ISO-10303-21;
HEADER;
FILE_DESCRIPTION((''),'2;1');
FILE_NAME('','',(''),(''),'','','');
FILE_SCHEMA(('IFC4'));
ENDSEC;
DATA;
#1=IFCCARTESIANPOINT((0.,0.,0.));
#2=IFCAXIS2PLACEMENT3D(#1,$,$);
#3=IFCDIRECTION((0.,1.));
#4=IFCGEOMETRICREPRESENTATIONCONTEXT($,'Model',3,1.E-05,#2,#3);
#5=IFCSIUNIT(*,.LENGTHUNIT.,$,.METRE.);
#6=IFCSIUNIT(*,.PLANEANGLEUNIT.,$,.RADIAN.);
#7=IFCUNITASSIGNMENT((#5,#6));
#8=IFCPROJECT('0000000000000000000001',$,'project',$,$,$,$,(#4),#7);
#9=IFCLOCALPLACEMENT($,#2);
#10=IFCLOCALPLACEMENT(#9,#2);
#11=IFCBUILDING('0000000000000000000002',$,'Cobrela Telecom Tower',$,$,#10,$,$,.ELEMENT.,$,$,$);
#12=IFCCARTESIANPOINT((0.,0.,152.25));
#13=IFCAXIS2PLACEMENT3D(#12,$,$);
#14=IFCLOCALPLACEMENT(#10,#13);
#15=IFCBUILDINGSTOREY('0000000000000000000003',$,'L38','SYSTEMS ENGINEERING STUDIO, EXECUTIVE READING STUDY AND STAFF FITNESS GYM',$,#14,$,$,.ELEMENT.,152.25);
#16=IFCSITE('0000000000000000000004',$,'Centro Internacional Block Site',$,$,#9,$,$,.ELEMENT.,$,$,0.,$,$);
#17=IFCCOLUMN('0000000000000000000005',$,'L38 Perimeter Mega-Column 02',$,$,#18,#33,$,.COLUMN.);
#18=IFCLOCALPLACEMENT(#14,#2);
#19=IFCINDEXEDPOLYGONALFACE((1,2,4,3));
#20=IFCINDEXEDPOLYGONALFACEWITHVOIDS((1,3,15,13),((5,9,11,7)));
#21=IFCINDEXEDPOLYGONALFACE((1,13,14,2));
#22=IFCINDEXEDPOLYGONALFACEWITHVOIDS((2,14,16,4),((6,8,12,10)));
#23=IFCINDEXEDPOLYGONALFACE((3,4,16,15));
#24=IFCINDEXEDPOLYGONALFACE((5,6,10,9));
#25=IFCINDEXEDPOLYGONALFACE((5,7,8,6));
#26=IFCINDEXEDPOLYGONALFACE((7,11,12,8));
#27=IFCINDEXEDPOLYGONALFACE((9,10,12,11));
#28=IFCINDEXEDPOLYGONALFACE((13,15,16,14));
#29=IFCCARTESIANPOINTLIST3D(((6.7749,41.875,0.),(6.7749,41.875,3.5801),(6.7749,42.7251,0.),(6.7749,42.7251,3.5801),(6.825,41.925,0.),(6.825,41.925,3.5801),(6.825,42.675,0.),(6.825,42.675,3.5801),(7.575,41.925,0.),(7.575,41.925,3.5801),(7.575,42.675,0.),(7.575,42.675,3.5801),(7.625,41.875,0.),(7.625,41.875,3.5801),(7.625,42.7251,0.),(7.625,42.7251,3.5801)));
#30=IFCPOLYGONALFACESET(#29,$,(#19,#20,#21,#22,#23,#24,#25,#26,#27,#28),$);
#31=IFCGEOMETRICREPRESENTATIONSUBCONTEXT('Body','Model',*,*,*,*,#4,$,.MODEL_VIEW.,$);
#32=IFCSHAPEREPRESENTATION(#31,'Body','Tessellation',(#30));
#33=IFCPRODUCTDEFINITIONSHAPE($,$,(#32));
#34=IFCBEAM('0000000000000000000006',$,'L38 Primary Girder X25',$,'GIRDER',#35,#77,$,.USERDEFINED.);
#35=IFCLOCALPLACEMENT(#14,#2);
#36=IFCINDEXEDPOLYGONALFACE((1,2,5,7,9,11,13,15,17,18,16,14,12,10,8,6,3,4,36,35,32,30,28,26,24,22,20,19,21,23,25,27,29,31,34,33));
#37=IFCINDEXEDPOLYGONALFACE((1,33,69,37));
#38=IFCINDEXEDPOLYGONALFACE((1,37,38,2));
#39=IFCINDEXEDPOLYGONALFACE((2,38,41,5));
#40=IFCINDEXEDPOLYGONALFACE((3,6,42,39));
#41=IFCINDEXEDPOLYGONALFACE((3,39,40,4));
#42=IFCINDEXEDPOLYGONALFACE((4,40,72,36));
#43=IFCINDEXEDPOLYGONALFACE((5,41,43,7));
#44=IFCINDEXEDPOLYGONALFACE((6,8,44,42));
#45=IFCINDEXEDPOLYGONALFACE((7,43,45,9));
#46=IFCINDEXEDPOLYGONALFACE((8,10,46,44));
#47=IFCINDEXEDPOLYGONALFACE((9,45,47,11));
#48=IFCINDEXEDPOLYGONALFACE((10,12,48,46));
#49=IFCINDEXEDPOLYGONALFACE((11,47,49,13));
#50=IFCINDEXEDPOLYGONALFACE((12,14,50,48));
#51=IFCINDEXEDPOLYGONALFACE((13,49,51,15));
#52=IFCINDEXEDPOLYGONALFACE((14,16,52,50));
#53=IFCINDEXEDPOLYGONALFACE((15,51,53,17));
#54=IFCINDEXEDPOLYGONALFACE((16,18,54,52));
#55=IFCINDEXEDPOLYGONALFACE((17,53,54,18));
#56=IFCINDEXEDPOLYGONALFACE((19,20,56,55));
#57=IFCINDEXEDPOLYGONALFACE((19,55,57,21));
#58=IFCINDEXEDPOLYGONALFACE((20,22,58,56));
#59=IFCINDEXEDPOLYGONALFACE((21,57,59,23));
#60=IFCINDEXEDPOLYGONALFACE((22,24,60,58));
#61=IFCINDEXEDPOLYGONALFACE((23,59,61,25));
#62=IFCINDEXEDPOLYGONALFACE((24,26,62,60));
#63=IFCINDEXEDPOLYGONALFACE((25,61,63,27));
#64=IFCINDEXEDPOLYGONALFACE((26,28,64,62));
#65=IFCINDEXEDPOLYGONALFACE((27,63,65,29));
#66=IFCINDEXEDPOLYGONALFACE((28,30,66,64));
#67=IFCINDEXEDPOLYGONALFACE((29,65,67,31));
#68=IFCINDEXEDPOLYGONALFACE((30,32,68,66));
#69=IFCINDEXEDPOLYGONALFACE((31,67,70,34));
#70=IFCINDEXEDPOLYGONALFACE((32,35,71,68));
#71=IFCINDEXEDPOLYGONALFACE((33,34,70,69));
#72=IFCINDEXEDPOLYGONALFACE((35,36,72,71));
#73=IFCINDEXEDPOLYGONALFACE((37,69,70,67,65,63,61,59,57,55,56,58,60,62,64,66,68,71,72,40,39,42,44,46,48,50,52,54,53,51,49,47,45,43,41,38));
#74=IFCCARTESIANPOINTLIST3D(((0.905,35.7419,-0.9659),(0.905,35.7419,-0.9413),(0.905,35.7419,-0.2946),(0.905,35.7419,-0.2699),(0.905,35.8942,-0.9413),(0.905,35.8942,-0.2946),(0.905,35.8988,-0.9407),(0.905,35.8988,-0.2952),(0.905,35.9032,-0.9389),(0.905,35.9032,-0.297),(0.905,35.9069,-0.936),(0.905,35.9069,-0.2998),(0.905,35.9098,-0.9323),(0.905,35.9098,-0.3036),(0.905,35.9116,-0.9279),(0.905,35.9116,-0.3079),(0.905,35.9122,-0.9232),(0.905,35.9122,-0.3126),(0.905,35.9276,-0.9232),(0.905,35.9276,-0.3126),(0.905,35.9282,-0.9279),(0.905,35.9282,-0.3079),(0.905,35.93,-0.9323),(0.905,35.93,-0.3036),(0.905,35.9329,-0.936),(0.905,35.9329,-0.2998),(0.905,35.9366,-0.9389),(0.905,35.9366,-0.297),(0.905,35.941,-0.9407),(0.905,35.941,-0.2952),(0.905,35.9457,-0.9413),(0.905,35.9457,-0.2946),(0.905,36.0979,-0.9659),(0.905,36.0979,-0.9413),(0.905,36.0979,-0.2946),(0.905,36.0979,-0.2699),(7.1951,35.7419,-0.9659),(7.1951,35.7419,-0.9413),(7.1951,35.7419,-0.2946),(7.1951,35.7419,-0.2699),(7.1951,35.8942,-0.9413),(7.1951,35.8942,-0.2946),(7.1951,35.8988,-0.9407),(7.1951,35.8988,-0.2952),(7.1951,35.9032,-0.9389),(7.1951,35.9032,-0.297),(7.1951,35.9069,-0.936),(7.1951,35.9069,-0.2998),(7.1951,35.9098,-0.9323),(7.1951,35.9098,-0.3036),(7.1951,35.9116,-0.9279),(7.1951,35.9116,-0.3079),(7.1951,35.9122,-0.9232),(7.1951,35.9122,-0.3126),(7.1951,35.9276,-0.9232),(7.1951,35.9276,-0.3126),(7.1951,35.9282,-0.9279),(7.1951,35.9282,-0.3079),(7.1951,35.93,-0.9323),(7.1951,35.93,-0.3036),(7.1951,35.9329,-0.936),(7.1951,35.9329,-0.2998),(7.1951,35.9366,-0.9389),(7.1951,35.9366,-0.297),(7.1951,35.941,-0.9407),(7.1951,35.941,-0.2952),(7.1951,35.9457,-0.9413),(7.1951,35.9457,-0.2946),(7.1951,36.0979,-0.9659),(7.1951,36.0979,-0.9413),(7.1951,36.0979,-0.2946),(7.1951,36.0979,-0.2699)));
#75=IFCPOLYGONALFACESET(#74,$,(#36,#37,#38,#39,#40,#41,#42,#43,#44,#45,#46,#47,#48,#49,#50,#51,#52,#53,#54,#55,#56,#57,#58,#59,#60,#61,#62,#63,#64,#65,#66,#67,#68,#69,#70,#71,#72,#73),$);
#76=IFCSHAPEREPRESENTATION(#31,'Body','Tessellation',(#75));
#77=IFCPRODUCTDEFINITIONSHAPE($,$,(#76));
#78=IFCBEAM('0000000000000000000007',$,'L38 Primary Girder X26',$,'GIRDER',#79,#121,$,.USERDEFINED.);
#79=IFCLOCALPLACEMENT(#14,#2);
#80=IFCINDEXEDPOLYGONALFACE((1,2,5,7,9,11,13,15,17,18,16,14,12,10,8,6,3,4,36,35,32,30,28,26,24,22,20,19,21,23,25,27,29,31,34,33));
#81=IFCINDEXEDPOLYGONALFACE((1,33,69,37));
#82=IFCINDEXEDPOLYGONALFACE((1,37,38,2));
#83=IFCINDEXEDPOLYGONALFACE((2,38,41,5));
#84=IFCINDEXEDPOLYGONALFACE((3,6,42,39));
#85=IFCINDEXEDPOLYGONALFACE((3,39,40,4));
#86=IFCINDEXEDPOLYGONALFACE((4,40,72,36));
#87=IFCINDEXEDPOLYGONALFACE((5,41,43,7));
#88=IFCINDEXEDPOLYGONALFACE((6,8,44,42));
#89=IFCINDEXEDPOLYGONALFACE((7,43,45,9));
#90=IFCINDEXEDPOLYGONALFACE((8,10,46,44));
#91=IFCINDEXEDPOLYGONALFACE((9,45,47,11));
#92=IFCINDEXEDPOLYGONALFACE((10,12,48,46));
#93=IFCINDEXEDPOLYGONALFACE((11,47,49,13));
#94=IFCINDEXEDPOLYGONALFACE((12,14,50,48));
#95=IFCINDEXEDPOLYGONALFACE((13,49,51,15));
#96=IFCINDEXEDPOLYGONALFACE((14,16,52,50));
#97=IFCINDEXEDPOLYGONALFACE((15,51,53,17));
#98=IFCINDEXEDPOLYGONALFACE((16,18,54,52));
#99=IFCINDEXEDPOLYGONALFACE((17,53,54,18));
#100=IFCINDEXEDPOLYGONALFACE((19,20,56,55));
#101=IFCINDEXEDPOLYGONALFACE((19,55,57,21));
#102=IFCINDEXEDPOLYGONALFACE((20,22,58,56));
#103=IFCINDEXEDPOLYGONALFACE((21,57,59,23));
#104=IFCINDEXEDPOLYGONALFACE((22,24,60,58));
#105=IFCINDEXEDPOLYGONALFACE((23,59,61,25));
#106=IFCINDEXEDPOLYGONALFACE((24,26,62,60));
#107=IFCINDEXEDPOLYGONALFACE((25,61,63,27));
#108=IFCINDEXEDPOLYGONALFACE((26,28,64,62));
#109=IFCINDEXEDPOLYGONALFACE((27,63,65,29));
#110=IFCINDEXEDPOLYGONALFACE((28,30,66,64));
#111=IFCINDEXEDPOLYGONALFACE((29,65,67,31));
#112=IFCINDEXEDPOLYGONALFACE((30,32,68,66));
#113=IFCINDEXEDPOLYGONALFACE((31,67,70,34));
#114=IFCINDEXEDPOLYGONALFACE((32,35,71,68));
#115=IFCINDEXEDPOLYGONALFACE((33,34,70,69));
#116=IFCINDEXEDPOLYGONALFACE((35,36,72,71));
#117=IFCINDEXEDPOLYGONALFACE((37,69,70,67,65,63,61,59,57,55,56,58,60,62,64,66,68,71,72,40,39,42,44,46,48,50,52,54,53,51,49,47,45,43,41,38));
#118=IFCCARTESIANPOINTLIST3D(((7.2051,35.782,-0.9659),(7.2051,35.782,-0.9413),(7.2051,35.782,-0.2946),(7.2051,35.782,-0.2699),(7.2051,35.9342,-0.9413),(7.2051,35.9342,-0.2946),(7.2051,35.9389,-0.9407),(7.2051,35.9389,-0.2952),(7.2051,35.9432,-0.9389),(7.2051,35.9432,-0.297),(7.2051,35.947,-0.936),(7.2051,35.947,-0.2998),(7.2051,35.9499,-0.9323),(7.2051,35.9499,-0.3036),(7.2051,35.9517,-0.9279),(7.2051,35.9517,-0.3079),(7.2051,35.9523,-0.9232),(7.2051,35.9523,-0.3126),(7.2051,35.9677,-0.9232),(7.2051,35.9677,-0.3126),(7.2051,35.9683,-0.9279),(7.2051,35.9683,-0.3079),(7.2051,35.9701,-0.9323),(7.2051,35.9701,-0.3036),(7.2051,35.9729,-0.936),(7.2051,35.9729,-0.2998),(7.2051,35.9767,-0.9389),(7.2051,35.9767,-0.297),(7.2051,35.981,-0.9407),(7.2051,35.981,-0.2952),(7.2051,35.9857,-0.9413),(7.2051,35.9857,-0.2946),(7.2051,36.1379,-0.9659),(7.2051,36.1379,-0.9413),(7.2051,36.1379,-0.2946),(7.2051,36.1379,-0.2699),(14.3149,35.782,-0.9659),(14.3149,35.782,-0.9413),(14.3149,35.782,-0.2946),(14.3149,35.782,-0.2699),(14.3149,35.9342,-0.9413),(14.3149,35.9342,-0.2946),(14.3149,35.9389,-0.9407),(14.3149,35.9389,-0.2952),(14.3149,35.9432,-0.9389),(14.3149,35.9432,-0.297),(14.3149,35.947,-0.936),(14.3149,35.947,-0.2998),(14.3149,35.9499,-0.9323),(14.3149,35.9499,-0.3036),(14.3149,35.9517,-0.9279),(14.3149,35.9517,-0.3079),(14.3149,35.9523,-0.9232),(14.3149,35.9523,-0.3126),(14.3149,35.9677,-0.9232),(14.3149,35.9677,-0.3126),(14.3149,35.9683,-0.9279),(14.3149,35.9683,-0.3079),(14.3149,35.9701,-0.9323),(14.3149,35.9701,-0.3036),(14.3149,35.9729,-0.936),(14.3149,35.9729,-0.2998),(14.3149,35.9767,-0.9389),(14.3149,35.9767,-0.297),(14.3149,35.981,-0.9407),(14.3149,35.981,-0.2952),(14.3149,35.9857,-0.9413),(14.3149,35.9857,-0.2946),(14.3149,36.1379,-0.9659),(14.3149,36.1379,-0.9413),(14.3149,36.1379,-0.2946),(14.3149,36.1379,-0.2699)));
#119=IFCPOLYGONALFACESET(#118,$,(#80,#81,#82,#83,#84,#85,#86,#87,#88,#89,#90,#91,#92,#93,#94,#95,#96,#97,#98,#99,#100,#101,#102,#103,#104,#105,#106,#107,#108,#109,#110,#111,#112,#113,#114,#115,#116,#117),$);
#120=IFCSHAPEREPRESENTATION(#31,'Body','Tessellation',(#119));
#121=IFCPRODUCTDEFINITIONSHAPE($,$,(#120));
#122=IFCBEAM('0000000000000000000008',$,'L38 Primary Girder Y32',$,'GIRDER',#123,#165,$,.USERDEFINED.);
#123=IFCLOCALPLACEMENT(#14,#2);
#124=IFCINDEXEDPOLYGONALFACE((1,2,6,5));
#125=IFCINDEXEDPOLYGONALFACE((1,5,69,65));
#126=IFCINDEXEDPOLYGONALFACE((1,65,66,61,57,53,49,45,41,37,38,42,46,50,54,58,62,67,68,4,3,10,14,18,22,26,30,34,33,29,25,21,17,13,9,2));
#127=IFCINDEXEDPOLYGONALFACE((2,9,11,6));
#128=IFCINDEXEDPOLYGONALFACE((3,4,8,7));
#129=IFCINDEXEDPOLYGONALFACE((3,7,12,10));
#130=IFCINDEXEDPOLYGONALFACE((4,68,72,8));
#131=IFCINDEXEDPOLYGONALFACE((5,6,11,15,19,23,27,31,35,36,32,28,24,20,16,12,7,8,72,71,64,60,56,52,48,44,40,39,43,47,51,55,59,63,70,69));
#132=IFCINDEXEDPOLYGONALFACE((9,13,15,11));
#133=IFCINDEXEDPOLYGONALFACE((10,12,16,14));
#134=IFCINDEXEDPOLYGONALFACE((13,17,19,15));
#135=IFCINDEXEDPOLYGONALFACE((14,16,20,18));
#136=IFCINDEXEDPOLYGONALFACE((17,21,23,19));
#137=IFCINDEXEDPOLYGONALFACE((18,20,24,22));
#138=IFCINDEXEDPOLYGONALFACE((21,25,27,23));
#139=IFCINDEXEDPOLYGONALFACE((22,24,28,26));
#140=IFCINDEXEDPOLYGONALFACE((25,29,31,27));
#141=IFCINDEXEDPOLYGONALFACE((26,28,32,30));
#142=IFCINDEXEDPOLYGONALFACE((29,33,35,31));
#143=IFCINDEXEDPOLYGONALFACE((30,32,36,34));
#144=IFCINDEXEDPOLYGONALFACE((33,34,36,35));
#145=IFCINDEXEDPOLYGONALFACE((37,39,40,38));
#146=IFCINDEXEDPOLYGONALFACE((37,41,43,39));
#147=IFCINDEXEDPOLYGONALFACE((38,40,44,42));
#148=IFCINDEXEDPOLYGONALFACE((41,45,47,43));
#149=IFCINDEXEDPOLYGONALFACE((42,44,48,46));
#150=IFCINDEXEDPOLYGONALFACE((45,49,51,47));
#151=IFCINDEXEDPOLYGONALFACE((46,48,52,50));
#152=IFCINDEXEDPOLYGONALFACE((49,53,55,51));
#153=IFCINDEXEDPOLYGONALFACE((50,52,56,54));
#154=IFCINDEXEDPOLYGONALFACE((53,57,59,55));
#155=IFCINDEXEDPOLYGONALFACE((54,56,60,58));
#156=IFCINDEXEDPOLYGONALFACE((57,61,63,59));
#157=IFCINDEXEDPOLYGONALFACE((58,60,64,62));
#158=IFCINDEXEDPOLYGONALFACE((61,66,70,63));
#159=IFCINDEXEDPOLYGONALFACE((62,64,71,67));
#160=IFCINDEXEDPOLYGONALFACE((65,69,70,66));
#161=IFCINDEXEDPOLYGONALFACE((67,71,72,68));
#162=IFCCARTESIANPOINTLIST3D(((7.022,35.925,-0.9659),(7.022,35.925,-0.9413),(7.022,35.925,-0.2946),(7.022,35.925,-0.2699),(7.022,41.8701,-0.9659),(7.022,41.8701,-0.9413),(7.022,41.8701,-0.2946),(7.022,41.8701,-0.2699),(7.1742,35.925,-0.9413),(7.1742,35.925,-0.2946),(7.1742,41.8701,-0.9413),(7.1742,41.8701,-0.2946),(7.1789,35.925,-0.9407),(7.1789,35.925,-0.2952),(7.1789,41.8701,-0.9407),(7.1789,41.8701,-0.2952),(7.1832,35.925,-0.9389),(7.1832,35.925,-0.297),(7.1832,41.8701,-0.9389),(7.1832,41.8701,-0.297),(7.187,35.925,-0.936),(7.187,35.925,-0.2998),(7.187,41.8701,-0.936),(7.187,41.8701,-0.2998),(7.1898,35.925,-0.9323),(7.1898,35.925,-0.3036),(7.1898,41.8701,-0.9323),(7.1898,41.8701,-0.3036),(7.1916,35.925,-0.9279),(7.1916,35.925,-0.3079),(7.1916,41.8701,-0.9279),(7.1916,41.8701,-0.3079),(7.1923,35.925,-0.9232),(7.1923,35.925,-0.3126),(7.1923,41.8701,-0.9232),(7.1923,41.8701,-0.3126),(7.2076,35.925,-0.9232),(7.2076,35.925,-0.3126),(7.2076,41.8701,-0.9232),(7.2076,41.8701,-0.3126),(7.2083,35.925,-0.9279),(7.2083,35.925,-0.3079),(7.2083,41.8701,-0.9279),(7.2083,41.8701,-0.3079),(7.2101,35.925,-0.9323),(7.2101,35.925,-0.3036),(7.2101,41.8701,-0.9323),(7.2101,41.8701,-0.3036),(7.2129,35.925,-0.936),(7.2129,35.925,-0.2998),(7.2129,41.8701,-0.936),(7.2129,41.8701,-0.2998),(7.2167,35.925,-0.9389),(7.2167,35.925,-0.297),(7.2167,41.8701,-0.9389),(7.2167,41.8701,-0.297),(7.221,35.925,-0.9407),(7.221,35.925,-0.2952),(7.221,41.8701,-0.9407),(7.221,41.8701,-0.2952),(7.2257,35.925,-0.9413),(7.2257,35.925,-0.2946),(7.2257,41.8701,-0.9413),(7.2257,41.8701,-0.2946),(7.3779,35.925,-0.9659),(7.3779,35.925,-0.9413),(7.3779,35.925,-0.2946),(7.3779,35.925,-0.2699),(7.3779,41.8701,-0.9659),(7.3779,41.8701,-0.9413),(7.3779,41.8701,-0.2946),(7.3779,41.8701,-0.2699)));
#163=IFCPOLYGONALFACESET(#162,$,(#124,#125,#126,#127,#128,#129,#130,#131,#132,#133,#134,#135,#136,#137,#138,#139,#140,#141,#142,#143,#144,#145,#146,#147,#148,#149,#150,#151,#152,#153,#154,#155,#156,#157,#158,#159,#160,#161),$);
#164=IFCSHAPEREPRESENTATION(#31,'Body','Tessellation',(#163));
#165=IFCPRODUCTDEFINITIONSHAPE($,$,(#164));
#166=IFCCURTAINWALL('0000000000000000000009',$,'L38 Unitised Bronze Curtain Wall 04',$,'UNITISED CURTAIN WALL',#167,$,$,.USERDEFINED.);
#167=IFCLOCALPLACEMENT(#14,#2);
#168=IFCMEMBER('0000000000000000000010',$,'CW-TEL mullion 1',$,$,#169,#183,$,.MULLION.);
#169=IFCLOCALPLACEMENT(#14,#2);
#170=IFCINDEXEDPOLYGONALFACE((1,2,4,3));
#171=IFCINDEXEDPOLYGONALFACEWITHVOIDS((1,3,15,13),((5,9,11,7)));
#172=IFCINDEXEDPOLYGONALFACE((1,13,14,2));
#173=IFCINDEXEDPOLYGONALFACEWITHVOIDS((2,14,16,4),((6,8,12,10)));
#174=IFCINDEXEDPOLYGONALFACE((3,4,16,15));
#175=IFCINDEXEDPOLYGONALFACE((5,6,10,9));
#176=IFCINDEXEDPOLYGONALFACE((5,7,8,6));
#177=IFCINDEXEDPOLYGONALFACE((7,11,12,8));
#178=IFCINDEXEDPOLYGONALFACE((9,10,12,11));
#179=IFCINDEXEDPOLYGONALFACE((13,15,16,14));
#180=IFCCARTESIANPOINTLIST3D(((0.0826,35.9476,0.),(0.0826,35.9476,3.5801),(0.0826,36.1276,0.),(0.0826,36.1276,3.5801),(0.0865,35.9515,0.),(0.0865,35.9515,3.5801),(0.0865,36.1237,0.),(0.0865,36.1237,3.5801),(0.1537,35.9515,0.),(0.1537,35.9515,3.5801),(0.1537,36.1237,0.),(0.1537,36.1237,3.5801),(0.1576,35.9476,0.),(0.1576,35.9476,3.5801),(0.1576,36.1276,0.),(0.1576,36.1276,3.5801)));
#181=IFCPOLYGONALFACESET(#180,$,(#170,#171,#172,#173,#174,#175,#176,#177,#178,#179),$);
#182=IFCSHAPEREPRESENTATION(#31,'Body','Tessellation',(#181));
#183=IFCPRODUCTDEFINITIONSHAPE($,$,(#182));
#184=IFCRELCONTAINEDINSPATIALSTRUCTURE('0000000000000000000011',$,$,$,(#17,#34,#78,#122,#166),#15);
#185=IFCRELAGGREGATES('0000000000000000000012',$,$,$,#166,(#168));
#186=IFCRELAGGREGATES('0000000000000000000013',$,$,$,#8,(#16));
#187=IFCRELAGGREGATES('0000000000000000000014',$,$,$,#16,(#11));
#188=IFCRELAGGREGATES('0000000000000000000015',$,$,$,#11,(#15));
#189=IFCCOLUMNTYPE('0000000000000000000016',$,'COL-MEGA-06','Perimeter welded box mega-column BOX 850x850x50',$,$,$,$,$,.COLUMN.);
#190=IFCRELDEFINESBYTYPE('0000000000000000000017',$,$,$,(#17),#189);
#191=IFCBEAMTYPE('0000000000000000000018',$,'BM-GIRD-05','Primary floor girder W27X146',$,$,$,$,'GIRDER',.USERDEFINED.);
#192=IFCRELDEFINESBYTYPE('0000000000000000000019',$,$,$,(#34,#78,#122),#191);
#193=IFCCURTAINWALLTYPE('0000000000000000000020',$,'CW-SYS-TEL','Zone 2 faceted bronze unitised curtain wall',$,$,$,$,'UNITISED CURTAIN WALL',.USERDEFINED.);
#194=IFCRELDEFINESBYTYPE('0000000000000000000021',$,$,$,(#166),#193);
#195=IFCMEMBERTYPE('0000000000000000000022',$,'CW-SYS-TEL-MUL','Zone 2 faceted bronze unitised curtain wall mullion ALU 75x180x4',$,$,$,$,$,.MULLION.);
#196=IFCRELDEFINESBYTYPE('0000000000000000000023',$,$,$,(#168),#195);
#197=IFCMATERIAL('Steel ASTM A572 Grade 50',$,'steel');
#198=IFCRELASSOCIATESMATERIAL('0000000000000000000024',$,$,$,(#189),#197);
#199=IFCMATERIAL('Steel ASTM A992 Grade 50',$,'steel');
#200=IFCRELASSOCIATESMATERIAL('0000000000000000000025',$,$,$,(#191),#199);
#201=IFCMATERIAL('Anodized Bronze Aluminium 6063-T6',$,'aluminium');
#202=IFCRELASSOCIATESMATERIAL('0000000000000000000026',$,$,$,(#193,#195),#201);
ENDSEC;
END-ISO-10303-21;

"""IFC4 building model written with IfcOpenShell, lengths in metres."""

from ifc_helpers import new_model, si_unit, direction, frame, origin, origin_2d, place, context, subcontext, project, spatial, hollow_rectangle, i_section, extrude, material, material_profile, profile_set, type_object, element, aggregate, save


model = new_model("IFC4")

# Units and contexts
model_context = context("Model", 3, precision=1e-05, world=origin(), true_north=direction((0.0, 1.0)))
body_context = subcontext(model_context, "Body", "Model", "MODEL_VIEW")
ifc_project = project(units=[si_unit("LENGTHUNIT", "METRE"), si_unit("PLANEANGLEUNIT", "RADIAN")], contexts=[model_context])

# Site, building, storey
site_placement = place(None, origin())
site = spatial("IfcSite", under=ifc_project, at=site_placement, Name="Centro Internacional Block Site", CompositionType="ELEMENT", RefElevation=0.0)
building_placement = place(site_placement, origin())
building = spatial("IfcBuilding", under=site, at=building_placement, Name="Cobrela Telecom Tower", CompositionType="ELEMENT")
storey_placement = place(building_placement, frame((0.0, 0.0, 152.25)))
storey = spatial("IfcBuildingStorey", under=building, at=storey_placement, Name="L38", Description="SYSTEMS ENGINEERING STUDIO, EXECUTIVE READING STUDY AND STAFF FITNESS GYM", CompositionType="ELEMENT", Elevation=152.25)

# Column
ifc_material_1 = material(Name="Steel ASTM A572 Grade 50", Category="steel")
ifc_material_profile_1 = material_profile(ifc_material_1, hollow_rectangle(XDim=0.8501, YDim=0.8501, WallThickness=0.05, at=origin_2d()), Name="BOX 850x850x50")
ifc_profile_set_1 = profile_set([ifc_material_profile_1], Name="Steel ASTM A572 Grade 50")
column_type = type_object("IfcColumnType", Name="COL-MEGA-06", Description="Perimeter welded box mega-column BOX 850x850x50", PredefinedType="COLUMN", material=ifc_profile_set_1)
column_placement = place(storey_placement, frame((7.2, 42.3, 0.0), z_axis=(0.0, 0.0, 1.0), x_axis=(1.0, 0.0, 0.0)))
element("IfcColumn", 1, at=column_placement, inside=storey, type_object=column_type, Name="L38 Perimeter Mega-Column 02", PredefinedType="COLUMN", context=body_context, shape_type="SweptSolid", body=[
    extrude(hollow_rectangle(XDim=0.8501, YDim=0.8501, WallThickness=0.05, at=origin_2d()), origin(), (0.0, 0.0, 1.0), 3.5801),
])

# Beams
ifc_material_2 = material(Name="Steel ASTM A992 Grade 50", Category="steel")
ifc_material_profile_2 = material_profile(ifc_material_2, i_section(OverallWidth=0.356, OverallDepth=0.696, WebThickness=0.0154, FlangeThickness=0.0247, FilletRadius=0.0181, at=origin_2d()), Name="W27X146")
ifc_profile_set_2 = profile_set([ifc_material_profile_2], Name="Steel ASTM A992 Grade 50")
beam_type = type_object("IfcBeamType", Name="BM-GIRD-05", Description="Primary floor girder W27X146", ElementType="GIRDER", PredefinedType="USERDEFINED", material=ifc_profile_set_2)
beam_1_placement = place(storey_placement, frame((0.905, 35.9199, -0.6179), z_axis=(1.0, 0.0, 0.0), x_axis=(0.0, 1.0, 0.0)))
element("IfcBeam", 2, at=beam_1_placement, inside=storey, type_object=beam_type, Name="L38 Primary Girder X25", ObjectType="GIRDER", PredefinedType="USERDEFINED", context=body_context, shape_type="SweptSolid", body=[
    extrude(i_section(OverallWidth=0.356, OverallDepth=0.696, WebThickness=0.0154, FlangeThickness=0.0247, FilletRadius=0.0181, at=origin_2d()), origin(), (0.0, 0.0, 1.0), 6.29),
])
beam_2_placement = place(storey_placement, frame((7.2051, 35.96, -0.6179), z_axis=(1.0, 0.0, 0.0), x_axis=(0.0, 1.0, 0.0)))
element("IfcBeam", 3, at=beam_2_placement, inside=storey, type_object=beam_type, Name="L38 Primary Girder X26", ObjectType="GIRDER", PredefinedType="USERDEFINED", context=body_context, shape_type="SweptSolid", body=[
    extrude(i_section(OverallWidth=0.356, OverallDepth=0.696, WebThickness=0.0154, FlangeThickness=0.0247, FilletRadius=0.0181, at=origin_2d()), origin(), (0.0, 0.0, 1.0), 7.1099),
])
beam_3_placement = place(storey_placement, frame((7.2, 35.925, -0.6179), z_axis=(0.0, 1.0, 0.0), x_axis=(-1.0, 0.0, 0.0)))
element("IfcBeam", 4, at=beam_3_placement, inside=storey, type_object=beam_type, Name="L38 Primary Girder Y32", ObjectType="GIRDER", PredefinedType="USERDEFINED", context=body_context, shape_type="SweptSolid", body=[
    extrude(i_section(OverallWidth=0.356, OverallDepth=0.696, WebThickness=0.0154, FlangeThickness=0.0247, FilletRadius=0.0181, at=origin_2d()), origin(), (0.0, 0.0, 1.0), 5.9451),
])

# Curtain wall, member
ifc_material_3 = material(Name="Anodized Bronze Aluminium 6063-T6", Category="aluminium")
curtain_wall_type = type_object("IfcCurtainWallType", Name="CW-SYS-TEL", Description="Zone 2 faceted bronze unitised curtain wall", ElementType="UNITISED CURTAIN WALL", PredefinedType="USERDEFINED", material=ifc_material_3)
curtain_wall_1_placement = place(storey_placement, origin())
curtain_wall_1 = element("IfcCurtainWall", 5, at=curtain_wall_1_placement, inside=storey, type_object=curtain_wall_type, Name="L38 Unitised Bronze Curtain Wall 04", ObjectType="UNITISED CURTAIN WALL", PredefinedType="USERDEFINED")
ifc_material_profile_3 = material_profile(ifc_material_3, hollow_rectangle(XDim=0.075, YDim=0.1799, WallThickness=0.0039, at=origin_2d()), Name="ALU 75x180x4")
ifc_profile_set_3 = profile_set([ifc_material_profile_3], Name="Anodized Bronze Aluminium 6063-T6")
member_type_1 = type_object("IfcMemberType", Name="CW-SYS-TEL-MUL", Description="Zone 2 faceted bronze unitised curtain wall mullion ALU 75x180x4", PredefinedType="MULLION", material=ifc_profile_set_3)
member_1_placement = place(storey_placement, frame((0.1201, 36.0376, 0.0), z_axis=(0.0, 0.0, 1.0), x_axis=(-1.0, 0.0, 0.0)))
member_1 = element("IfcMember", 6, at=member_1_placement, type_object=member_type_1, Name="CW-TEL mullion 1", PredefinedType="MULLION", context=body_context, shape_type="SweptSolid", body=[
    extrude(hollow_rectangle(XDim=0.075, YDim=0.1799, WallThickness=0.0039, at=origin_2d()), origin(), (0.0, 0.0, 1.0), 3.5801),
])

aggregate(curtain_wall_1, [member_1])

save(model, "model.ifc")
